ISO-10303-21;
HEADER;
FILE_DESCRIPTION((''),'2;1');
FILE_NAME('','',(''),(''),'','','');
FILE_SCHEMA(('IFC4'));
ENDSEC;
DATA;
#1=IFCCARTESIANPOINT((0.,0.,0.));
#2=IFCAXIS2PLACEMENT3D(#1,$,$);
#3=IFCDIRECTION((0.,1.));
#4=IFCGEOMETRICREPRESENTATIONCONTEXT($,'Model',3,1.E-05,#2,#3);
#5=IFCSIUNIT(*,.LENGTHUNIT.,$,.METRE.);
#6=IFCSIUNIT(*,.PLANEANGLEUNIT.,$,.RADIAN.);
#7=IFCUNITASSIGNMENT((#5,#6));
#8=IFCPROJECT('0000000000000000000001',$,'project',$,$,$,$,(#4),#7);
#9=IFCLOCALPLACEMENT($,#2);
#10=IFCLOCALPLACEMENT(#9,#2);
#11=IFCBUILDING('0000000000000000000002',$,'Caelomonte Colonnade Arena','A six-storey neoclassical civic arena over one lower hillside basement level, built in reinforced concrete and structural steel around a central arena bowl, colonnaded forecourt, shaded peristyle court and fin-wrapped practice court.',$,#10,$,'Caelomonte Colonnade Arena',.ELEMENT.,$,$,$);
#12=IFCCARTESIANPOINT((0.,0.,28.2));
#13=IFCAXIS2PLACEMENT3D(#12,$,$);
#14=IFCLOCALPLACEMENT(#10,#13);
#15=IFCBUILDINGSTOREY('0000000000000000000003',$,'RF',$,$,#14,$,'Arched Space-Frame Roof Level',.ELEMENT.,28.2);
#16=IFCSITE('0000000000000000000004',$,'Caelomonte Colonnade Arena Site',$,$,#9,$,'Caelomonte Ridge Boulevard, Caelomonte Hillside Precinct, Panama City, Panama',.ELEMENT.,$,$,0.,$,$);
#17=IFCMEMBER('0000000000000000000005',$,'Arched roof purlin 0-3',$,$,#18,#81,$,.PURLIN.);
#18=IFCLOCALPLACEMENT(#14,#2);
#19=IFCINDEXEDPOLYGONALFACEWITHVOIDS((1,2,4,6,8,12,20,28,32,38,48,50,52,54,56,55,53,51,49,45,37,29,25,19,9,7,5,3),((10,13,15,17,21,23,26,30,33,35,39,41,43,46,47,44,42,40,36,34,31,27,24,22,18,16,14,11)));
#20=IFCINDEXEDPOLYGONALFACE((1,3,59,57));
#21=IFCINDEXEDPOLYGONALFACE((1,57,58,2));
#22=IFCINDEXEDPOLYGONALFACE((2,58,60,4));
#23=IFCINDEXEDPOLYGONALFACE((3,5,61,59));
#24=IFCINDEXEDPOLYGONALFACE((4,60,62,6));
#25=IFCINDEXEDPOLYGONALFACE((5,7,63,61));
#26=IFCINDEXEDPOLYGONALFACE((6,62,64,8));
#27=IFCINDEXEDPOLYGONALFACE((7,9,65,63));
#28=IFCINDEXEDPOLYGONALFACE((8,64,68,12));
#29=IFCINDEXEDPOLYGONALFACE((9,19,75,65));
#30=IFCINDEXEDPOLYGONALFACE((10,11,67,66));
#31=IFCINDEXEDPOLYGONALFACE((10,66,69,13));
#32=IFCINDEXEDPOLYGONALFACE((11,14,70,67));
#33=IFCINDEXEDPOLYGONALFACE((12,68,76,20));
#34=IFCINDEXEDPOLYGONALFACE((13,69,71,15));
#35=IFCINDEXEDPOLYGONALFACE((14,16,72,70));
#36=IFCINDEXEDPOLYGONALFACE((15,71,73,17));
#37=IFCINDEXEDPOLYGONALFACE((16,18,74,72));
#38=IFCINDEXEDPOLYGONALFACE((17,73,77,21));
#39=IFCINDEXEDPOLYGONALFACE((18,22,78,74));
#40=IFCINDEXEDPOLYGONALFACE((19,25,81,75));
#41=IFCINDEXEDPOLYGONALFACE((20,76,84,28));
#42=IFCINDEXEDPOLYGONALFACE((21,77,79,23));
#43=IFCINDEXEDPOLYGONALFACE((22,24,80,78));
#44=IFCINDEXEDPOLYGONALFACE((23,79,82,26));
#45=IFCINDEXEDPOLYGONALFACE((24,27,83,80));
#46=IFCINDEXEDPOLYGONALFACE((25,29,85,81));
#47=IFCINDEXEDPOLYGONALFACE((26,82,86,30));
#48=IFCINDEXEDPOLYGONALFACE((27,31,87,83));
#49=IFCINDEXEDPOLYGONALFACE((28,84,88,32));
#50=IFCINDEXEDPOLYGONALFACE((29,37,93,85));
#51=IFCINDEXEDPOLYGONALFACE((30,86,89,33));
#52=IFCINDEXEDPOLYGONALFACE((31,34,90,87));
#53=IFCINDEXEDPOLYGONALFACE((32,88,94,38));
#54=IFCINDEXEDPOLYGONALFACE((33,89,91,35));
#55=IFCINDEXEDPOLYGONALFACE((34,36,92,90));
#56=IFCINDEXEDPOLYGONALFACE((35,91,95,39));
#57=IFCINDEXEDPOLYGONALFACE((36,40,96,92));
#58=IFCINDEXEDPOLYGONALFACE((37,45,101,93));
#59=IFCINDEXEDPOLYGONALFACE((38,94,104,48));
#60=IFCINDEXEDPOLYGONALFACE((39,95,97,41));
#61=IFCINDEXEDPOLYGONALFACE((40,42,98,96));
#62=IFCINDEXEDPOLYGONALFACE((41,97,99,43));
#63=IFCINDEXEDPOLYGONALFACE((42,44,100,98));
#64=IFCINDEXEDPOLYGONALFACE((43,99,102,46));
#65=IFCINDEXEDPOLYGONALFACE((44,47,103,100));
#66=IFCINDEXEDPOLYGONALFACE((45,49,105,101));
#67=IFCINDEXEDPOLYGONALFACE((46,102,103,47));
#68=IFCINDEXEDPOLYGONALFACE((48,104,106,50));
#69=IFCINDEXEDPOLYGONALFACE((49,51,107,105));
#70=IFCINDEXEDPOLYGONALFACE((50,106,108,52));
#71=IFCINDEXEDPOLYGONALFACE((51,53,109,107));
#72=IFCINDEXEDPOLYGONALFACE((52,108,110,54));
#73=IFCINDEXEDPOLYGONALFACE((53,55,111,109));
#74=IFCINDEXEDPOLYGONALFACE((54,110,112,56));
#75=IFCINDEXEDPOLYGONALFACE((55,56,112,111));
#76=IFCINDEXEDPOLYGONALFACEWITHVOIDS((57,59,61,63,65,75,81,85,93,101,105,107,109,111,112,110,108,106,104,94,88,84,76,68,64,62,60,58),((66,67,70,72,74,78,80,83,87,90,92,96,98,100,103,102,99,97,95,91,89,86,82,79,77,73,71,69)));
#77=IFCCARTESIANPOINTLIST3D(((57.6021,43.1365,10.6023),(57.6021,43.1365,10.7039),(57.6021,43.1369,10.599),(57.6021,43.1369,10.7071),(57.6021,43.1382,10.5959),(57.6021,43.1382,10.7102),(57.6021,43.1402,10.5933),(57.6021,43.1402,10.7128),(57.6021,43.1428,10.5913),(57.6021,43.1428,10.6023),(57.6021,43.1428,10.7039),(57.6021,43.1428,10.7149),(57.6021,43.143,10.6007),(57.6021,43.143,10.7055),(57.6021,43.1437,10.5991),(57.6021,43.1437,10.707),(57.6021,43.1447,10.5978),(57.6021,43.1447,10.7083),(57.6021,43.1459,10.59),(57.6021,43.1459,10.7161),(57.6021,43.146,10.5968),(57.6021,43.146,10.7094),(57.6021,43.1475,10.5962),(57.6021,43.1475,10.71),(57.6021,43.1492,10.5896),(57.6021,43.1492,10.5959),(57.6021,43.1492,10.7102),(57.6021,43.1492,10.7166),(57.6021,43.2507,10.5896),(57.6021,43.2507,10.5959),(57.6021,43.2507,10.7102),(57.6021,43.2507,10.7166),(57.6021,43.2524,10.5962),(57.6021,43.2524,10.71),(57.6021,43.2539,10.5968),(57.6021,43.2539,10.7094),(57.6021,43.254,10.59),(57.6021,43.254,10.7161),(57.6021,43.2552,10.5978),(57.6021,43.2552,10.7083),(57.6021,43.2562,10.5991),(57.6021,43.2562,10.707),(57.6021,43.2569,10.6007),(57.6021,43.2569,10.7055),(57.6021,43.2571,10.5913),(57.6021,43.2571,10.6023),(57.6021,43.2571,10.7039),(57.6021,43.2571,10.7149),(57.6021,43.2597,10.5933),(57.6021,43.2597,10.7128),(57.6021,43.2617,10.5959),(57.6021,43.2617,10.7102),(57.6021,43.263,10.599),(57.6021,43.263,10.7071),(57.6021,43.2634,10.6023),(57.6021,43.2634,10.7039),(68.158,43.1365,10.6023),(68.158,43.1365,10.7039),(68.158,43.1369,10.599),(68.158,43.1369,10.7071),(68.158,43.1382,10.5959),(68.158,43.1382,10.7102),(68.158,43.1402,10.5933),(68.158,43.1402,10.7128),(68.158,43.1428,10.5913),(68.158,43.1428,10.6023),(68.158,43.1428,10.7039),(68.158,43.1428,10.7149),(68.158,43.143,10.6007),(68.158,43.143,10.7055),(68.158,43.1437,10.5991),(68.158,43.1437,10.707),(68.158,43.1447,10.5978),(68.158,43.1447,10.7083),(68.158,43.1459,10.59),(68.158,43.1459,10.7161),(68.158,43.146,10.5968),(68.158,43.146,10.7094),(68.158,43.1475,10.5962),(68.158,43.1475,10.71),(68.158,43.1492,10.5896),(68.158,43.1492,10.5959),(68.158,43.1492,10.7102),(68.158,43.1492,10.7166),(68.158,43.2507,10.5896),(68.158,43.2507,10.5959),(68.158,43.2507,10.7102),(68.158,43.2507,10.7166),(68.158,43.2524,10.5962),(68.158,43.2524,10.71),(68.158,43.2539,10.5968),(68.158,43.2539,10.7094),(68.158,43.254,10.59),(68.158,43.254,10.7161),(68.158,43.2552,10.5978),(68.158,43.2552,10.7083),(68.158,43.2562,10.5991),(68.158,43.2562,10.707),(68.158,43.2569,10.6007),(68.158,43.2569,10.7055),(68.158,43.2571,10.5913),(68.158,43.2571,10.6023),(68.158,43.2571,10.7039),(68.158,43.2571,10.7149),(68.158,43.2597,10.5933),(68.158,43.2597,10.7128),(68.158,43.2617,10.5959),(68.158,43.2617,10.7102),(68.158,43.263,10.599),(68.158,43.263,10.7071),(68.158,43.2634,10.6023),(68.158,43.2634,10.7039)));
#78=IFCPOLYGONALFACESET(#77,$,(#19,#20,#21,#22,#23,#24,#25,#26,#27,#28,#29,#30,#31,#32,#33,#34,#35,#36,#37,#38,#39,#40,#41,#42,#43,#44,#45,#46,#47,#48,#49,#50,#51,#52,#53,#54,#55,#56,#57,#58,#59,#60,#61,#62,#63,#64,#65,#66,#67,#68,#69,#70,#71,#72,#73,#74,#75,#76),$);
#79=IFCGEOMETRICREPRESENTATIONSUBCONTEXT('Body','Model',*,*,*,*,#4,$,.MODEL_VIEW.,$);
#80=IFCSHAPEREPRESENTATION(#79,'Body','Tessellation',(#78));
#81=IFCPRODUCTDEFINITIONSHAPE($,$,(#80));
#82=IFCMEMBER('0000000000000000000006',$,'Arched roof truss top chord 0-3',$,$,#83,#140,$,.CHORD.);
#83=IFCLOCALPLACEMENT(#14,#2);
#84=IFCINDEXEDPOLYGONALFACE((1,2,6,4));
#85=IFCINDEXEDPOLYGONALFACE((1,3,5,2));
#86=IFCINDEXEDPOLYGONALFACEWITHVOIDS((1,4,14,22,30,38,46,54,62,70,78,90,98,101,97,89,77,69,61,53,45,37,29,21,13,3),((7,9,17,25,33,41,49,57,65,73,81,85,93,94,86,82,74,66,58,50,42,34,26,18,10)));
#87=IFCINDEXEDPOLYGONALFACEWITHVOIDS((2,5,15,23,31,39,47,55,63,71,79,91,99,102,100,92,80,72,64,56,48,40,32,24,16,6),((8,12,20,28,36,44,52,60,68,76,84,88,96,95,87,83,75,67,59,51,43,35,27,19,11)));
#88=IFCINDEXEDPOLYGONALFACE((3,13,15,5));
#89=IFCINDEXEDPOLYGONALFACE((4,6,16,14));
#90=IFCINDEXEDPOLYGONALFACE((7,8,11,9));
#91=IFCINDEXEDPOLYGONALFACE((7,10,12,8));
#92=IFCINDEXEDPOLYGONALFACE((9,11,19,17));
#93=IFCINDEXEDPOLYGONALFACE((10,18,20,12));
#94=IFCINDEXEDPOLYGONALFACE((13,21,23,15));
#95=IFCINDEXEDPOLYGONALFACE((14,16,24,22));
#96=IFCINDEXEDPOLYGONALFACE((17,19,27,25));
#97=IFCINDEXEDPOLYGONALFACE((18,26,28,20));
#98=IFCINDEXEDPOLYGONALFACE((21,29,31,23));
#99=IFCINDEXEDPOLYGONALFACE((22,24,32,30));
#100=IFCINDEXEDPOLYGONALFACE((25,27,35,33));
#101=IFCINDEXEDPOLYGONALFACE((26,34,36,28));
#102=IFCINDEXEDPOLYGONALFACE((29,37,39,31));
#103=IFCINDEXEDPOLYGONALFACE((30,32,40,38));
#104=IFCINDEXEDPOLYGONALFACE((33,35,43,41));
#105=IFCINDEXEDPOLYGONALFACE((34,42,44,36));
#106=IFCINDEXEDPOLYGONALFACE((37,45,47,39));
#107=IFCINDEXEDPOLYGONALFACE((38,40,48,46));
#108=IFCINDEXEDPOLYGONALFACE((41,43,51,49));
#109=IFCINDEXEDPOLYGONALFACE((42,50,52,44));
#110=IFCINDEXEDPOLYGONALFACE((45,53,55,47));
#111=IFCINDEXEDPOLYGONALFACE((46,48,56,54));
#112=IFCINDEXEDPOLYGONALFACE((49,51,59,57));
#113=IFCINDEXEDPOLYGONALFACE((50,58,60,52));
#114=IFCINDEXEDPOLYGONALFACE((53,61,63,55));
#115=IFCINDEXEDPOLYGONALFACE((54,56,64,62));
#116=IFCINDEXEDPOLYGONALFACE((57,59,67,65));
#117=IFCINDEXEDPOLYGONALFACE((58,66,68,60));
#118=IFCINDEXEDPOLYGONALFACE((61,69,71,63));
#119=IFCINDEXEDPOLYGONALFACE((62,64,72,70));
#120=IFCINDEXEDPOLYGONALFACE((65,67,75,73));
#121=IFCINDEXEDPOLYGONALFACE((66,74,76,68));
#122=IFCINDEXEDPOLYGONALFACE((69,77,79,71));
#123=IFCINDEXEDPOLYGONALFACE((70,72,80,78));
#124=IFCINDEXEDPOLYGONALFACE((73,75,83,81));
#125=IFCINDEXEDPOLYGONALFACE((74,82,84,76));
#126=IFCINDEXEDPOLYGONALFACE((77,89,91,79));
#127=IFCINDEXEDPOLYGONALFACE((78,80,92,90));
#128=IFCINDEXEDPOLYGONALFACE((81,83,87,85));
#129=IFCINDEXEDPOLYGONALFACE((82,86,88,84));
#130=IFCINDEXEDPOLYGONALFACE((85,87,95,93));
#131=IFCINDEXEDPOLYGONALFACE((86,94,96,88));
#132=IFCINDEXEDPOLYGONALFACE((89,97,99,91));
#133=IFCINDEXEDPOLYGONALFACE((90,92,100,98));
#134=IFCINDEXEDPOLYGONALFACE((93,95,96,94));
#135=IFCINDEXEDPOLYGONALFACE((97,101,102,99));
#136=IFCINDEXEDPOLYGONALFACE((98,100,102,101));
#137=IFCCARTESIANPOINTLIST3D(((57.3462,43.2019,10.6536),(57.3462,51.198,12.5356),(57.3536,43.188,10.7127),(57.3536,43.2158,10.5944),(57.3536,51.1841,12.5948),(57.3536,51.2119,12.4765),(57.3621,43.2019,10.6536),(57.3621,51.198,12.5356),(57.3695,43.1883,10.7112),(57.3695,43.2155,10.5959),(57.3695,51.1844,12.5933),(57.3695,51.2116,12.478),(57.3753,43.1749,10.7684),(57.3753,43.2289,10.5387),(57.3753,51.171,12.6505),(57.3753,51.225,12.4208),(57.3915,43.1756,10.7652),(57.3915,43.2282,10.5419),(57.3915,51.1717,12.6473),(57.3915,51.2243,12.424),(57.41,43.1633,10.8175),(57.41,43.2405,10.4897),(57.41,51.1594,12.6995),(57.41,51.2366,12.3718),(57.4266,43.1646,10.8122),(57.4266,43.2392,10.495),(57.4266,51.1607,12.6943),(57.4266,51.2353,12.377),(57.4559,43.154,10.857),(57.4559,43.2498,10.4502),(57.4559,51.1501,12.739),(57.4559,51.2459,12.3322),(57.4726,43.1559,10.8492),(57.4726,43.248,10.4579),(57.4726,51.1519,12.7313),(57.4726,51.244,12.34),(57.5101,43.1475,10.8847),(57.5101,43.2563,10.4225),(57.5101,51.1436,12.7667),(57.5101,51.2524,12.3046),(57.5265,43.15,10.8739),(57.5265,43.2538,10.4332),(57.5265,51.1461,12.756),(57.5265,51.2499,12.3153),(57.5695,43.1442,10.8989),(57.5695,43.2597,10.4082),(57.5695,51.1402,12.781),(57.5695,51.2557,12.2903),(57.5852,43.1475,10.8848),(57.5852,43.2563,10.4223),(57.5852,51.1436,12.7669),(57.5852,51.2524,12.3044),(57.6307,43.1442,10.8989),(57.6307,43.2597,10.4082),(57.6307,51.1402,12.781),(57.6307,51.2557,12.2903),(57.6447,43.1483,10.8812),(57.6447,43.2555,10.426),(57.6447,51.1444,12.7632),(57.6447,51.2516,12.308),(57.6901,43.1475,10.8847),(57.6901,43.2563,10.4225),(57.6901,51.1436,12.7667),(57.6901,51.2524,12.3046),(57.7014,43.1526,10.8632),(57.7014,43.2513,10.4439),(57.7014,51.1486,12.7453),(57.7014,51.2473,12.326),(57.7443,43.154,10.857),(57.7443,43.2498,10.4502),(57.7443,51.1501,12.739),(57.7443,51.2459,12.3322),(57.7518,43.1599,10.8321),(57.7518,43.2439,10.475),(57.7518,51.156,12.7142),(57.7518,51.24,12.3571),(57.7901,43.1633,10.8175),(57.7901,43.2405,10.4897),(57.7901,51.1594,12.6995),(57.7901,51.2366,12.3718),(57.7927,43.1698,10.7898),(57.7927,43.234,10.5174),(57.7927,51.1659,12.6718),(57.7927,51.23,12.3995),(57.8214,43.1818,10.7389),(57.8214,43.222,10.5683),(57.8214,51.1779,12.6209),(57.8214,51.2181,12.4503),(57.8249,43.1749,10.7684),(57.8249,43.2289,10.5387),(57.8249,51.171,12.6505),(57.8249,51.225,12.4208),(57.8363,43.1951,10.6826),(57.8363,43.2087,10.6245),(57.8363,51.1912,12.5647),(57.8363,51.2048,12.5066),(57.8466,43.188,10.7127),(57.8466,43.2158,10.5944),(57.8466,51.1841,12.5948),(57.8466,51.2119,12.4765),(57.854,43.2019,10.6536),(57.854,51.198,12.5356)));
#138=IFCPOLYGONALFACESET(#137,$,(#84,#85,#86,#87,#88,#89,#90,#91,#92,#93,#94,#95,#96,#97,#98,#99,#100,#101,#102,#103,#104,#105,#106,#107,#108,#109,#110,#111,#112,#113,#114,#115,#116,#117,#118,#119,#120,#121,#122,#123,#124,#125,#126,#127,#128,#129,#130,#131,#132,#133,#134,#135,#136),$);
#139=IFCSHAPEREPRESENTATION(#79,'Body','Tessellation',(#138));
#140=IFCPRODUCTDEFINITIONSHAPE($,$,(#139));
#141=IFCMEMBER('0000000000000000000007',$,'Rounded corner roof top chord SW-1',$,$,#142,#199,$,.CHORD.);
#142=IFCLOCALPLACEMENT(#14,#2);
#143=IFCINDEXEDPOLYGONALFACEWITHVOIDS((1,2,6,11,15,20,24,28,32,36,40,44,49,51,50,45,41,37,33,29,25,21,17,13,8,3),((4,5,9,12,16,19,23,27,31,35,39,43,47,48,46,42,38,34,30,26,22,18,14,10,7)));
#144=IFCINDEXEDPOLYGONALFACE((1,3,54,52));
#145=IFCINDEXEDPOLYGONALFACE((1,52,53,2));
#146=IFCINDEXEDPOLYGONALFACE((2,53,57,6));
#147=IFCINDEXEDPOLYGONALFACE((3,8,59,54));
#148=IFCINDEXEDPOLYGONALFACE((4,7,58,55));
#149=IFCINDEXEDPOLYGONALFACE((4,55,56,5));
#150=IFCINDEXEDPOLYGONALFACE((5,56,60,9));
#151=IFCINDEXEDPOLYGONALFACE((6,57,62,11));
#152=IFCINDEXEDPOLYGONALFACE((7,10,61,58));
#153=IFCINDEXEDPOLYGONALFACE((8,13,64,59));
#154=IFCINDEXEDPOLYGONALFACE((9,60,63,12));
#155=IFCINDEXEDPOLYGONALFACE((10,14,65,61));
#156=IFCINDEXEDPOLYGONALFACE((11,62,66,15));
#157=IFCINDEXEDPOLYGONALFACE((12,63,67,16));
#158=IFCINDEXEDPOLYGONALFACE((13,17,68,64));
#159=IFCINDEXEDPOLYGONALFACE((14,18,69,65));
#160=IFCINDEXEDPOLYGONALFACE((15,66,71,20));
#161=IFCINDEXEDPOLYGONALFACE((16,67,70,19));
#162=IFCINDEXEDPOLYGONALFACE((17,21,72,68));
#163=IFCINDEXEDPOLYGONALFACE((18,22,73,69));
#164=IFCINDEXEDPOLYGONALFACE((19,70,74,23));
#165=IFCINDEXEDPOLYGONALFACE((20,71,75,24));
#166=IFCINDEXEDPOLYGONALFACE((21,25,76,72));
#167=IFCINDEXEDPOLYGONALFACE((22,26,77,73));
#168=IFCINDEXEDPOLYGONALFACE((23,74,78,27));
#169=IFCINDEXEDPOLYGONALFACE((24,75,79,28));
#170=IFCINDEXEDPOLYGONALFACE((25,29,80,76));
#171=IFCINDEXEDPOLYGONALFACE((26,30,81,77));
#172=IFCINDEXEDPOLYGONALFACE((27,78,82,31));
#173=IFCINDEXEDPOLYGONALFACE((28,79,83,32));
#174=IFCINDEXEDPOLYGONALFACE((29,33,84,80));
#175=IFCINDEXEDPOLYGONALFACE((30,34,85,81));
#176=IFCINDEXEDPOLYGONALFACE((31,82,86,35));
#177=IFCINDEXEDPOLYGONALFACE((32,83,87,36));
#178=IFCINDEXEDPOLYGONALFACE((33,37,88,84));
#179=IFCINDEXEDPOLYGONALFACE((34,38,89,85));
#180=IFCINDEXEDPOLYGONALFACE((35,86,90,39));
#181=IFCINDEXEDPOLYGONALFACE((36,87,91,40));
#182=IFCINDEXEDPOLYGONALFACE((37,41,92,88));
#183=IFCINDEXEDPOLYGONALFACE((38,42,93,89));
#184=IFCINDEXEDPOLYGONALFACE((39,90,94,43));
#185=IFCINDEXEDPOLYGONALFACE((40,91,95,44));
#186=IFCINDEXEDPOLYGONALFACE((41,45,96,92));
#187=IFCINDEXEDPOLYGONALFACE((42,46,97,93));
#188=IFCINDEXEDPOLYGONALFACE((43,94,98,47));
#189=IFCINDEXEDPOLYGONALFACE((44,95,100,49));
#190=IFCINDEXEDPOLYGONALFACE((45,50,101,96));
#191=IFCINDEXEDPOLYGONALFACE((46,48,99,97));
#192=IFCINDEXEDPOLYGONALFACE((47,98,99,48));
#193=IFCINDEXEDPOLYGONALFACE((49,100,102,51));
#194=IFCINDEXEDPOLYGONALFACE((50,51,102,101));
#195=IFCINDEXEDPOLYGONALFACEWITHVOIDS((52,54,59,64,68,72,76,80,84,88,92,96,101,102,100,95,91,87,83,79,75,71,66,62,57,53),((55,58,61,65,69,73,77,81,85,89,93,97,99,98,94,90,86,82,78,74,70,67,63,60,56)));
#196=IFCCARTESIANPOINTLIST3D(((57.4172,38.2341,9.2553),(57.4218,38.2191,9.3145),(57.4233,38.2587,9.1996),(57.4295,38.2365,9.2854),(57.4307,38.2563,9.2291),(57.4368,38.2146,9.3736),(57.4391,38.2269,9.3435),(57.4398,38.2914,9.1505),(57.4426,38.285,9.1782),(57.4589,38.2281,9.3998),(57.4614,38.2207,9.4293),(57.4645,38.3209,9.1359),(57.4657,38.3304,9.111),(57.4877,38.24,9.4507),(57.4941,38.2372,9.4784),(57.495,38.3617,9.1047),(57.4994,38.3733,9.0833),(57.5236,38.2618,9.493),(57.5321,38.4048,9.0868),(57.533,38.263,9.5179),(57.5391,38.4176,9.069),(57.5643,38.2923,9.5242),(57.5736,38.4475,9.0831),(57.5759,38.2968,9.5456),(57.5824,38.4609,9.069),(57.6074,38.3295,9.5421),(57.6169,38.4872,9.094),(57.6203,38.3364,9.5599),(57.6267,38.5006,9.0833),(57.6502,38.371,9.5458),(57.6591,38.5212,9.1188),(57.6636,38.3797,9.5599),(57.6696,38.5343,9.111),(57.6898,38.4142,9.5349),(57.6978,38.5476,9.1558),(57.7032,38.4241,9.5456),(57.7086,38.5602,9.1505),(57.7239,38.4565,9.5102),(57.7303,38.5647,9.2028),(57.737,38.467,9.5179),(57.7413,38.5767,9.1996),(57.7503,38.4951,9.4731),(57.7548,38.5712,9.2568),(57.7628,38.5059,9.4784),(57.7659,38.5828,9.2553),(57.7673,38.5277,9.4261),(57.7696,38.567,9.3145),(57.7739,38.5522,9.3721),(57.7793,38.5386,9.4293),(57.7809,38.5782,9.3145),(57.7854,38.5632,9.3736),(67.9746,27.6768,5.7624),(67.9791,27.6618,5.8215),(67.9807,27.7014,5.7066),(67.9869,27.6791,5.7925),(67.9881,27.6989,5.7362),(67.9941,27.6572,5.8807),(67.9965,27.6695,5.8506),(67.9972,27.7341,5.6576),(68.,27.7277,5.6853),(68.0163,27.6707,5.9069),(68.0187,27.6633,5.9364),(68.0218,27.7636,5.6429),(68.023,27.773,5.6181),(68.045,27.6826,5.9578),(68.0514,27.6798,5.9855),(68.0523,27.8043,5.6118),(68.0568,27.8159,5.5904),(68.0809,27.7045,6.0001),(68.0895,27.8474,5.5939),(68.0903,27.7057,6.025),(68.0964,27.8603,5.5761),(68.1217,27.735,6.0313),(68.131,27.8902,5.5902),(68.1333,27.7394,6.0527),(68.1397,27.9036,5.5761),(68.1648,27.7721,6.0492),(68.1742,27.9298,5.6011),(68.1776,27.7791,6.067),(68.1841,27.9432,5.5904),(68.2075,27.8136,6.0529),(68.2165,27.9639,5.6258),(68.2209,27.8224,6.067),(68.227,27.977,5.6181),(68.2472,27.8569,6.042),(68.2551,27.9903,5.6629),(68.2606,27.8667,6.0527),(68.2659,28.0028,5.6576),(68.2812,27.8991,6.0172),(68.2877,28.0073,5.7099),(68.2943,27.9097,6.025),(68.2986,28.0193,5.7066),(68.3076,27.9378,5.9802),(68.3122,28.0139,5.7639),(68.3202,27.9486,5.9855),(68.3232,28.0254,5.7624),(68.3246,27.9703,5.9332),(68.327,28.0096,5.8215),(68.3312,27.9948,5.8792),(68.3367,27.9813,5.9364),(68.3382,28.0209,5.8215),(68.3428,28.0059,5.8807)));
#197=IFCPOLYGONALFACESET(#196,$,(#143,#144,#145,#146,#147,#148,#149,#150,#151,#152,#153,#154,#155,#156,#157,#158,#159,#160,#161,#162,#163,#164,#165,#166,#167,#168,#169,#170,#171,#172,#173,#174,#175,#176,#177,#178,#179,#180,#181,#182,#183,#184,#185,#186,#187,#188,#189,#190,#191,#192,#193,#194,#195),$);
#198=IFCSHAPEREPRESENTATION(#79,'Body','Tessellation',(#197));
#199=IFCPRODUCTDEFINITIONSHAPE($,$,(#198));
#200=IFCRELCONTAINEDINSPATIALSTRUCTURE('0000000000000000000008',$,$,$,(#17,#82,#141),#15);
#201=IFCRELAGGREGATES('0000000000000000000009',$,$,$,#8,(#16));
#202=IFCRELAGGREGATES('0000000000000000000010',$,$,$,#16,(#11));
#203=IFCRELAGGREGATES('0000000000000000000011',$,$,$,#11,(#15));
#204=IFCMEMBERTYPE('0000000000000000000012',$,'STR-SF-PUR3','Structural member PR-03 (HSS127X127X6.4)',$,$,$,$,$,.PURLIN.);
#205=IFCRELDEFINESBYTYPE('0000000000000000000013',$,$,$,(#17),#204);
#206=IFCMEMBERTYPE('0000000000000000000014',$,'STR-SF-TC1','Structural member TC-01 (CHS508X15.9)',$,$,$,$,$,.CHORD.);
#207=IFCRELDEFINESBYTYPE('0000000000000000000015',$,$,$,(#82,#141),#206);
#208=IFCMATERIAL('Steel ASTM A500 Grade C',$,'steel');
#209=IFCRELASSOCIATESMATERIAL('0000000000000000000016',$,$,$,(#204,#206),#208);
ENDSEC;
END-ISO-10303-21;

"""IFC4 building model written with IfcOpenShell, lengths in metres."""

from ifc_helpers import new_model, si_unit, direction, frame, origin, origin_2d, place, context, subcontext, project, spatial, hollow_rectangle, hollow_circle, extrude, material, material_profile, profile_set, type_object, element, save


model = new_model("IFC4")

# Units and contexts
model_context = context("Model", 3, precision=1e-05, world=origin(), true_north=direction((0.0, 1.0)))
body_context = subcontext(model_context, "Body", "Model", "MODEL_VIEW")
ifc_project = project(units=[si_unit("LENGTHUNIT", "METRE"), si_unit("PLANEANGLEUNIT", "RADIAN")], contexts=[model_context])

# Site, building, storey
site_placement = place(None, origin())
site = spatial("IfcSite", under=ifc_project, at=site_placement, Name="Caelomonte Colonnade Arena Site", LongName="Caelomonte Ridge Boulevard, Caelomonte Hillside Precinct, Panama City, Panama", CompositionType="ELEMENT", RefElevation=0.0)
building_placement = place(site_placement, origin())
building = spatial("IfcBuilding", under=site, at=building_placement, Name="Caelomonte Colonnade Arena", Description="A six-storey neoclassical civic arena over one lower hillside basement level, built in reinforced concrete and structural steel around a central arena bowl, colonnaded forecourt, shaded peristyle court and fin-wrapped practice court.", LongName="Caelomonte Colonnade Arena", CompositionType="ELEMENT")
storey_placement = place(building_placement, frame((0.0, 0.0, 28.2)))
storey = spatial("IfcBuildingStorey", under=building, at=storey_placement, Name="RF", LongName="Arched Space-Frame Roof Level", CompositionType="ELEMENT", Elevation=28.2)

# Members
ifc_material_1 = material(Name="Steel ASTM A500 Grade C", Category="steel")
ifc_material_profile_1 = material_profile(ifc_material_1, hollow_rectangle(XDim=0.127, YDim=0.127, WallThickness=0.0063, InnerFilletRadius=0.0063, OuterFilletRadius=0.0127, at=origin_2d()), Name="HSS127X127X6.4")
ifc_profile_set_1 = profile_set([ifc_material_profile_1], Name="Steel ASTM A500 Grade C")
member_type_1 = type_object("IfcMemberType", Name="STR-SF-PUR3", Description="Structural member PR-03 (HSS127X127X6.4)", PredefinedType="PURLIN", material=ifc_profile_set_1)
member_1_placement = place(storey_placement, frame((57.6021, 43.2, 10.6531), z_axis=(1.0, 0.0, 0.0), x_axis=(0.0, 1.0, 0.0)))
element("IfcMember", 1, at=member_1_placement, inside=storey, type_object=member_type_1, Name="Arched roof purlin 0-3", PredefinedType="PURLIN", context=body_context, shape_type="SweptSolid", body=[
    extrude(hollow_rectangle(XDim=0.127, YDim=0.127, WallThickness=0.0063, InnerFilletRadius=0.0063, OuterFilletRadius=0.0127, at=origin_2d()), origin(), (0.0, 0.0, 1.0), 10.5559),
])
ifc_material_profile_2 = material_profile(ifc_material_1, hollow_circle(Radius=0.2539, WallThickness=0.0159, at=origin_2d()), Name="CHS508X15.9")
ifc_profile_set_2 = profile_set([ifc_material_profile_2], Name="Steel ASTM A500 Grade C")
member_type_2 = type_object("IfcMemberType", Name="STR-SF-TC1", Description="Structural member TC-01 (CHS508X15.9)", PredefinedType="CHORD", material=ifc_profile_set_2)
member_2_placement = place(storey_placement, frame((57.6001, 43.2019, 10.6536), z_axis=(0.0, 0.9734, 0.229114), x_axis=(-1.0, 0.0, 0.0)))
element("IfcMember", 2, at=member_2_placement, inside=storey, type_object=member_type_2, Name="Arched roof truss top chord 0-3", PredefinedType="CHORD", context=body_context, shape_type="SweptSolid", body=[
    extrude(hollow_circle(Radius=0.2539, WallThickness=0.0159, at=origin_2d()), origin(), (0.0, 0.0, 1.0), 8.2146),
])
member_3_placement = place(storey_placement, frame((57.6013, 38.3987, 9.3145), z_axis=(0.688516, -0.688516, -0.227796), x_axis=(0.707107, 0.707107, 0.0)))
element("IfcMember", 3, at=member_3_placement, inside=storey, type_object=member_type_2, Name="Rounded corner roof top chord SW-1", PredefinedType="CHORD", context=body_context, shape_type="SweptSolid", body=[
    extrude(hollow_circle(Radius=0.2539, WallThickness=0.0159, at=origin_2d()), origin(), (0.0, 0.0, 1.0), 15.3335),
])

save(model, "model.ifc")
